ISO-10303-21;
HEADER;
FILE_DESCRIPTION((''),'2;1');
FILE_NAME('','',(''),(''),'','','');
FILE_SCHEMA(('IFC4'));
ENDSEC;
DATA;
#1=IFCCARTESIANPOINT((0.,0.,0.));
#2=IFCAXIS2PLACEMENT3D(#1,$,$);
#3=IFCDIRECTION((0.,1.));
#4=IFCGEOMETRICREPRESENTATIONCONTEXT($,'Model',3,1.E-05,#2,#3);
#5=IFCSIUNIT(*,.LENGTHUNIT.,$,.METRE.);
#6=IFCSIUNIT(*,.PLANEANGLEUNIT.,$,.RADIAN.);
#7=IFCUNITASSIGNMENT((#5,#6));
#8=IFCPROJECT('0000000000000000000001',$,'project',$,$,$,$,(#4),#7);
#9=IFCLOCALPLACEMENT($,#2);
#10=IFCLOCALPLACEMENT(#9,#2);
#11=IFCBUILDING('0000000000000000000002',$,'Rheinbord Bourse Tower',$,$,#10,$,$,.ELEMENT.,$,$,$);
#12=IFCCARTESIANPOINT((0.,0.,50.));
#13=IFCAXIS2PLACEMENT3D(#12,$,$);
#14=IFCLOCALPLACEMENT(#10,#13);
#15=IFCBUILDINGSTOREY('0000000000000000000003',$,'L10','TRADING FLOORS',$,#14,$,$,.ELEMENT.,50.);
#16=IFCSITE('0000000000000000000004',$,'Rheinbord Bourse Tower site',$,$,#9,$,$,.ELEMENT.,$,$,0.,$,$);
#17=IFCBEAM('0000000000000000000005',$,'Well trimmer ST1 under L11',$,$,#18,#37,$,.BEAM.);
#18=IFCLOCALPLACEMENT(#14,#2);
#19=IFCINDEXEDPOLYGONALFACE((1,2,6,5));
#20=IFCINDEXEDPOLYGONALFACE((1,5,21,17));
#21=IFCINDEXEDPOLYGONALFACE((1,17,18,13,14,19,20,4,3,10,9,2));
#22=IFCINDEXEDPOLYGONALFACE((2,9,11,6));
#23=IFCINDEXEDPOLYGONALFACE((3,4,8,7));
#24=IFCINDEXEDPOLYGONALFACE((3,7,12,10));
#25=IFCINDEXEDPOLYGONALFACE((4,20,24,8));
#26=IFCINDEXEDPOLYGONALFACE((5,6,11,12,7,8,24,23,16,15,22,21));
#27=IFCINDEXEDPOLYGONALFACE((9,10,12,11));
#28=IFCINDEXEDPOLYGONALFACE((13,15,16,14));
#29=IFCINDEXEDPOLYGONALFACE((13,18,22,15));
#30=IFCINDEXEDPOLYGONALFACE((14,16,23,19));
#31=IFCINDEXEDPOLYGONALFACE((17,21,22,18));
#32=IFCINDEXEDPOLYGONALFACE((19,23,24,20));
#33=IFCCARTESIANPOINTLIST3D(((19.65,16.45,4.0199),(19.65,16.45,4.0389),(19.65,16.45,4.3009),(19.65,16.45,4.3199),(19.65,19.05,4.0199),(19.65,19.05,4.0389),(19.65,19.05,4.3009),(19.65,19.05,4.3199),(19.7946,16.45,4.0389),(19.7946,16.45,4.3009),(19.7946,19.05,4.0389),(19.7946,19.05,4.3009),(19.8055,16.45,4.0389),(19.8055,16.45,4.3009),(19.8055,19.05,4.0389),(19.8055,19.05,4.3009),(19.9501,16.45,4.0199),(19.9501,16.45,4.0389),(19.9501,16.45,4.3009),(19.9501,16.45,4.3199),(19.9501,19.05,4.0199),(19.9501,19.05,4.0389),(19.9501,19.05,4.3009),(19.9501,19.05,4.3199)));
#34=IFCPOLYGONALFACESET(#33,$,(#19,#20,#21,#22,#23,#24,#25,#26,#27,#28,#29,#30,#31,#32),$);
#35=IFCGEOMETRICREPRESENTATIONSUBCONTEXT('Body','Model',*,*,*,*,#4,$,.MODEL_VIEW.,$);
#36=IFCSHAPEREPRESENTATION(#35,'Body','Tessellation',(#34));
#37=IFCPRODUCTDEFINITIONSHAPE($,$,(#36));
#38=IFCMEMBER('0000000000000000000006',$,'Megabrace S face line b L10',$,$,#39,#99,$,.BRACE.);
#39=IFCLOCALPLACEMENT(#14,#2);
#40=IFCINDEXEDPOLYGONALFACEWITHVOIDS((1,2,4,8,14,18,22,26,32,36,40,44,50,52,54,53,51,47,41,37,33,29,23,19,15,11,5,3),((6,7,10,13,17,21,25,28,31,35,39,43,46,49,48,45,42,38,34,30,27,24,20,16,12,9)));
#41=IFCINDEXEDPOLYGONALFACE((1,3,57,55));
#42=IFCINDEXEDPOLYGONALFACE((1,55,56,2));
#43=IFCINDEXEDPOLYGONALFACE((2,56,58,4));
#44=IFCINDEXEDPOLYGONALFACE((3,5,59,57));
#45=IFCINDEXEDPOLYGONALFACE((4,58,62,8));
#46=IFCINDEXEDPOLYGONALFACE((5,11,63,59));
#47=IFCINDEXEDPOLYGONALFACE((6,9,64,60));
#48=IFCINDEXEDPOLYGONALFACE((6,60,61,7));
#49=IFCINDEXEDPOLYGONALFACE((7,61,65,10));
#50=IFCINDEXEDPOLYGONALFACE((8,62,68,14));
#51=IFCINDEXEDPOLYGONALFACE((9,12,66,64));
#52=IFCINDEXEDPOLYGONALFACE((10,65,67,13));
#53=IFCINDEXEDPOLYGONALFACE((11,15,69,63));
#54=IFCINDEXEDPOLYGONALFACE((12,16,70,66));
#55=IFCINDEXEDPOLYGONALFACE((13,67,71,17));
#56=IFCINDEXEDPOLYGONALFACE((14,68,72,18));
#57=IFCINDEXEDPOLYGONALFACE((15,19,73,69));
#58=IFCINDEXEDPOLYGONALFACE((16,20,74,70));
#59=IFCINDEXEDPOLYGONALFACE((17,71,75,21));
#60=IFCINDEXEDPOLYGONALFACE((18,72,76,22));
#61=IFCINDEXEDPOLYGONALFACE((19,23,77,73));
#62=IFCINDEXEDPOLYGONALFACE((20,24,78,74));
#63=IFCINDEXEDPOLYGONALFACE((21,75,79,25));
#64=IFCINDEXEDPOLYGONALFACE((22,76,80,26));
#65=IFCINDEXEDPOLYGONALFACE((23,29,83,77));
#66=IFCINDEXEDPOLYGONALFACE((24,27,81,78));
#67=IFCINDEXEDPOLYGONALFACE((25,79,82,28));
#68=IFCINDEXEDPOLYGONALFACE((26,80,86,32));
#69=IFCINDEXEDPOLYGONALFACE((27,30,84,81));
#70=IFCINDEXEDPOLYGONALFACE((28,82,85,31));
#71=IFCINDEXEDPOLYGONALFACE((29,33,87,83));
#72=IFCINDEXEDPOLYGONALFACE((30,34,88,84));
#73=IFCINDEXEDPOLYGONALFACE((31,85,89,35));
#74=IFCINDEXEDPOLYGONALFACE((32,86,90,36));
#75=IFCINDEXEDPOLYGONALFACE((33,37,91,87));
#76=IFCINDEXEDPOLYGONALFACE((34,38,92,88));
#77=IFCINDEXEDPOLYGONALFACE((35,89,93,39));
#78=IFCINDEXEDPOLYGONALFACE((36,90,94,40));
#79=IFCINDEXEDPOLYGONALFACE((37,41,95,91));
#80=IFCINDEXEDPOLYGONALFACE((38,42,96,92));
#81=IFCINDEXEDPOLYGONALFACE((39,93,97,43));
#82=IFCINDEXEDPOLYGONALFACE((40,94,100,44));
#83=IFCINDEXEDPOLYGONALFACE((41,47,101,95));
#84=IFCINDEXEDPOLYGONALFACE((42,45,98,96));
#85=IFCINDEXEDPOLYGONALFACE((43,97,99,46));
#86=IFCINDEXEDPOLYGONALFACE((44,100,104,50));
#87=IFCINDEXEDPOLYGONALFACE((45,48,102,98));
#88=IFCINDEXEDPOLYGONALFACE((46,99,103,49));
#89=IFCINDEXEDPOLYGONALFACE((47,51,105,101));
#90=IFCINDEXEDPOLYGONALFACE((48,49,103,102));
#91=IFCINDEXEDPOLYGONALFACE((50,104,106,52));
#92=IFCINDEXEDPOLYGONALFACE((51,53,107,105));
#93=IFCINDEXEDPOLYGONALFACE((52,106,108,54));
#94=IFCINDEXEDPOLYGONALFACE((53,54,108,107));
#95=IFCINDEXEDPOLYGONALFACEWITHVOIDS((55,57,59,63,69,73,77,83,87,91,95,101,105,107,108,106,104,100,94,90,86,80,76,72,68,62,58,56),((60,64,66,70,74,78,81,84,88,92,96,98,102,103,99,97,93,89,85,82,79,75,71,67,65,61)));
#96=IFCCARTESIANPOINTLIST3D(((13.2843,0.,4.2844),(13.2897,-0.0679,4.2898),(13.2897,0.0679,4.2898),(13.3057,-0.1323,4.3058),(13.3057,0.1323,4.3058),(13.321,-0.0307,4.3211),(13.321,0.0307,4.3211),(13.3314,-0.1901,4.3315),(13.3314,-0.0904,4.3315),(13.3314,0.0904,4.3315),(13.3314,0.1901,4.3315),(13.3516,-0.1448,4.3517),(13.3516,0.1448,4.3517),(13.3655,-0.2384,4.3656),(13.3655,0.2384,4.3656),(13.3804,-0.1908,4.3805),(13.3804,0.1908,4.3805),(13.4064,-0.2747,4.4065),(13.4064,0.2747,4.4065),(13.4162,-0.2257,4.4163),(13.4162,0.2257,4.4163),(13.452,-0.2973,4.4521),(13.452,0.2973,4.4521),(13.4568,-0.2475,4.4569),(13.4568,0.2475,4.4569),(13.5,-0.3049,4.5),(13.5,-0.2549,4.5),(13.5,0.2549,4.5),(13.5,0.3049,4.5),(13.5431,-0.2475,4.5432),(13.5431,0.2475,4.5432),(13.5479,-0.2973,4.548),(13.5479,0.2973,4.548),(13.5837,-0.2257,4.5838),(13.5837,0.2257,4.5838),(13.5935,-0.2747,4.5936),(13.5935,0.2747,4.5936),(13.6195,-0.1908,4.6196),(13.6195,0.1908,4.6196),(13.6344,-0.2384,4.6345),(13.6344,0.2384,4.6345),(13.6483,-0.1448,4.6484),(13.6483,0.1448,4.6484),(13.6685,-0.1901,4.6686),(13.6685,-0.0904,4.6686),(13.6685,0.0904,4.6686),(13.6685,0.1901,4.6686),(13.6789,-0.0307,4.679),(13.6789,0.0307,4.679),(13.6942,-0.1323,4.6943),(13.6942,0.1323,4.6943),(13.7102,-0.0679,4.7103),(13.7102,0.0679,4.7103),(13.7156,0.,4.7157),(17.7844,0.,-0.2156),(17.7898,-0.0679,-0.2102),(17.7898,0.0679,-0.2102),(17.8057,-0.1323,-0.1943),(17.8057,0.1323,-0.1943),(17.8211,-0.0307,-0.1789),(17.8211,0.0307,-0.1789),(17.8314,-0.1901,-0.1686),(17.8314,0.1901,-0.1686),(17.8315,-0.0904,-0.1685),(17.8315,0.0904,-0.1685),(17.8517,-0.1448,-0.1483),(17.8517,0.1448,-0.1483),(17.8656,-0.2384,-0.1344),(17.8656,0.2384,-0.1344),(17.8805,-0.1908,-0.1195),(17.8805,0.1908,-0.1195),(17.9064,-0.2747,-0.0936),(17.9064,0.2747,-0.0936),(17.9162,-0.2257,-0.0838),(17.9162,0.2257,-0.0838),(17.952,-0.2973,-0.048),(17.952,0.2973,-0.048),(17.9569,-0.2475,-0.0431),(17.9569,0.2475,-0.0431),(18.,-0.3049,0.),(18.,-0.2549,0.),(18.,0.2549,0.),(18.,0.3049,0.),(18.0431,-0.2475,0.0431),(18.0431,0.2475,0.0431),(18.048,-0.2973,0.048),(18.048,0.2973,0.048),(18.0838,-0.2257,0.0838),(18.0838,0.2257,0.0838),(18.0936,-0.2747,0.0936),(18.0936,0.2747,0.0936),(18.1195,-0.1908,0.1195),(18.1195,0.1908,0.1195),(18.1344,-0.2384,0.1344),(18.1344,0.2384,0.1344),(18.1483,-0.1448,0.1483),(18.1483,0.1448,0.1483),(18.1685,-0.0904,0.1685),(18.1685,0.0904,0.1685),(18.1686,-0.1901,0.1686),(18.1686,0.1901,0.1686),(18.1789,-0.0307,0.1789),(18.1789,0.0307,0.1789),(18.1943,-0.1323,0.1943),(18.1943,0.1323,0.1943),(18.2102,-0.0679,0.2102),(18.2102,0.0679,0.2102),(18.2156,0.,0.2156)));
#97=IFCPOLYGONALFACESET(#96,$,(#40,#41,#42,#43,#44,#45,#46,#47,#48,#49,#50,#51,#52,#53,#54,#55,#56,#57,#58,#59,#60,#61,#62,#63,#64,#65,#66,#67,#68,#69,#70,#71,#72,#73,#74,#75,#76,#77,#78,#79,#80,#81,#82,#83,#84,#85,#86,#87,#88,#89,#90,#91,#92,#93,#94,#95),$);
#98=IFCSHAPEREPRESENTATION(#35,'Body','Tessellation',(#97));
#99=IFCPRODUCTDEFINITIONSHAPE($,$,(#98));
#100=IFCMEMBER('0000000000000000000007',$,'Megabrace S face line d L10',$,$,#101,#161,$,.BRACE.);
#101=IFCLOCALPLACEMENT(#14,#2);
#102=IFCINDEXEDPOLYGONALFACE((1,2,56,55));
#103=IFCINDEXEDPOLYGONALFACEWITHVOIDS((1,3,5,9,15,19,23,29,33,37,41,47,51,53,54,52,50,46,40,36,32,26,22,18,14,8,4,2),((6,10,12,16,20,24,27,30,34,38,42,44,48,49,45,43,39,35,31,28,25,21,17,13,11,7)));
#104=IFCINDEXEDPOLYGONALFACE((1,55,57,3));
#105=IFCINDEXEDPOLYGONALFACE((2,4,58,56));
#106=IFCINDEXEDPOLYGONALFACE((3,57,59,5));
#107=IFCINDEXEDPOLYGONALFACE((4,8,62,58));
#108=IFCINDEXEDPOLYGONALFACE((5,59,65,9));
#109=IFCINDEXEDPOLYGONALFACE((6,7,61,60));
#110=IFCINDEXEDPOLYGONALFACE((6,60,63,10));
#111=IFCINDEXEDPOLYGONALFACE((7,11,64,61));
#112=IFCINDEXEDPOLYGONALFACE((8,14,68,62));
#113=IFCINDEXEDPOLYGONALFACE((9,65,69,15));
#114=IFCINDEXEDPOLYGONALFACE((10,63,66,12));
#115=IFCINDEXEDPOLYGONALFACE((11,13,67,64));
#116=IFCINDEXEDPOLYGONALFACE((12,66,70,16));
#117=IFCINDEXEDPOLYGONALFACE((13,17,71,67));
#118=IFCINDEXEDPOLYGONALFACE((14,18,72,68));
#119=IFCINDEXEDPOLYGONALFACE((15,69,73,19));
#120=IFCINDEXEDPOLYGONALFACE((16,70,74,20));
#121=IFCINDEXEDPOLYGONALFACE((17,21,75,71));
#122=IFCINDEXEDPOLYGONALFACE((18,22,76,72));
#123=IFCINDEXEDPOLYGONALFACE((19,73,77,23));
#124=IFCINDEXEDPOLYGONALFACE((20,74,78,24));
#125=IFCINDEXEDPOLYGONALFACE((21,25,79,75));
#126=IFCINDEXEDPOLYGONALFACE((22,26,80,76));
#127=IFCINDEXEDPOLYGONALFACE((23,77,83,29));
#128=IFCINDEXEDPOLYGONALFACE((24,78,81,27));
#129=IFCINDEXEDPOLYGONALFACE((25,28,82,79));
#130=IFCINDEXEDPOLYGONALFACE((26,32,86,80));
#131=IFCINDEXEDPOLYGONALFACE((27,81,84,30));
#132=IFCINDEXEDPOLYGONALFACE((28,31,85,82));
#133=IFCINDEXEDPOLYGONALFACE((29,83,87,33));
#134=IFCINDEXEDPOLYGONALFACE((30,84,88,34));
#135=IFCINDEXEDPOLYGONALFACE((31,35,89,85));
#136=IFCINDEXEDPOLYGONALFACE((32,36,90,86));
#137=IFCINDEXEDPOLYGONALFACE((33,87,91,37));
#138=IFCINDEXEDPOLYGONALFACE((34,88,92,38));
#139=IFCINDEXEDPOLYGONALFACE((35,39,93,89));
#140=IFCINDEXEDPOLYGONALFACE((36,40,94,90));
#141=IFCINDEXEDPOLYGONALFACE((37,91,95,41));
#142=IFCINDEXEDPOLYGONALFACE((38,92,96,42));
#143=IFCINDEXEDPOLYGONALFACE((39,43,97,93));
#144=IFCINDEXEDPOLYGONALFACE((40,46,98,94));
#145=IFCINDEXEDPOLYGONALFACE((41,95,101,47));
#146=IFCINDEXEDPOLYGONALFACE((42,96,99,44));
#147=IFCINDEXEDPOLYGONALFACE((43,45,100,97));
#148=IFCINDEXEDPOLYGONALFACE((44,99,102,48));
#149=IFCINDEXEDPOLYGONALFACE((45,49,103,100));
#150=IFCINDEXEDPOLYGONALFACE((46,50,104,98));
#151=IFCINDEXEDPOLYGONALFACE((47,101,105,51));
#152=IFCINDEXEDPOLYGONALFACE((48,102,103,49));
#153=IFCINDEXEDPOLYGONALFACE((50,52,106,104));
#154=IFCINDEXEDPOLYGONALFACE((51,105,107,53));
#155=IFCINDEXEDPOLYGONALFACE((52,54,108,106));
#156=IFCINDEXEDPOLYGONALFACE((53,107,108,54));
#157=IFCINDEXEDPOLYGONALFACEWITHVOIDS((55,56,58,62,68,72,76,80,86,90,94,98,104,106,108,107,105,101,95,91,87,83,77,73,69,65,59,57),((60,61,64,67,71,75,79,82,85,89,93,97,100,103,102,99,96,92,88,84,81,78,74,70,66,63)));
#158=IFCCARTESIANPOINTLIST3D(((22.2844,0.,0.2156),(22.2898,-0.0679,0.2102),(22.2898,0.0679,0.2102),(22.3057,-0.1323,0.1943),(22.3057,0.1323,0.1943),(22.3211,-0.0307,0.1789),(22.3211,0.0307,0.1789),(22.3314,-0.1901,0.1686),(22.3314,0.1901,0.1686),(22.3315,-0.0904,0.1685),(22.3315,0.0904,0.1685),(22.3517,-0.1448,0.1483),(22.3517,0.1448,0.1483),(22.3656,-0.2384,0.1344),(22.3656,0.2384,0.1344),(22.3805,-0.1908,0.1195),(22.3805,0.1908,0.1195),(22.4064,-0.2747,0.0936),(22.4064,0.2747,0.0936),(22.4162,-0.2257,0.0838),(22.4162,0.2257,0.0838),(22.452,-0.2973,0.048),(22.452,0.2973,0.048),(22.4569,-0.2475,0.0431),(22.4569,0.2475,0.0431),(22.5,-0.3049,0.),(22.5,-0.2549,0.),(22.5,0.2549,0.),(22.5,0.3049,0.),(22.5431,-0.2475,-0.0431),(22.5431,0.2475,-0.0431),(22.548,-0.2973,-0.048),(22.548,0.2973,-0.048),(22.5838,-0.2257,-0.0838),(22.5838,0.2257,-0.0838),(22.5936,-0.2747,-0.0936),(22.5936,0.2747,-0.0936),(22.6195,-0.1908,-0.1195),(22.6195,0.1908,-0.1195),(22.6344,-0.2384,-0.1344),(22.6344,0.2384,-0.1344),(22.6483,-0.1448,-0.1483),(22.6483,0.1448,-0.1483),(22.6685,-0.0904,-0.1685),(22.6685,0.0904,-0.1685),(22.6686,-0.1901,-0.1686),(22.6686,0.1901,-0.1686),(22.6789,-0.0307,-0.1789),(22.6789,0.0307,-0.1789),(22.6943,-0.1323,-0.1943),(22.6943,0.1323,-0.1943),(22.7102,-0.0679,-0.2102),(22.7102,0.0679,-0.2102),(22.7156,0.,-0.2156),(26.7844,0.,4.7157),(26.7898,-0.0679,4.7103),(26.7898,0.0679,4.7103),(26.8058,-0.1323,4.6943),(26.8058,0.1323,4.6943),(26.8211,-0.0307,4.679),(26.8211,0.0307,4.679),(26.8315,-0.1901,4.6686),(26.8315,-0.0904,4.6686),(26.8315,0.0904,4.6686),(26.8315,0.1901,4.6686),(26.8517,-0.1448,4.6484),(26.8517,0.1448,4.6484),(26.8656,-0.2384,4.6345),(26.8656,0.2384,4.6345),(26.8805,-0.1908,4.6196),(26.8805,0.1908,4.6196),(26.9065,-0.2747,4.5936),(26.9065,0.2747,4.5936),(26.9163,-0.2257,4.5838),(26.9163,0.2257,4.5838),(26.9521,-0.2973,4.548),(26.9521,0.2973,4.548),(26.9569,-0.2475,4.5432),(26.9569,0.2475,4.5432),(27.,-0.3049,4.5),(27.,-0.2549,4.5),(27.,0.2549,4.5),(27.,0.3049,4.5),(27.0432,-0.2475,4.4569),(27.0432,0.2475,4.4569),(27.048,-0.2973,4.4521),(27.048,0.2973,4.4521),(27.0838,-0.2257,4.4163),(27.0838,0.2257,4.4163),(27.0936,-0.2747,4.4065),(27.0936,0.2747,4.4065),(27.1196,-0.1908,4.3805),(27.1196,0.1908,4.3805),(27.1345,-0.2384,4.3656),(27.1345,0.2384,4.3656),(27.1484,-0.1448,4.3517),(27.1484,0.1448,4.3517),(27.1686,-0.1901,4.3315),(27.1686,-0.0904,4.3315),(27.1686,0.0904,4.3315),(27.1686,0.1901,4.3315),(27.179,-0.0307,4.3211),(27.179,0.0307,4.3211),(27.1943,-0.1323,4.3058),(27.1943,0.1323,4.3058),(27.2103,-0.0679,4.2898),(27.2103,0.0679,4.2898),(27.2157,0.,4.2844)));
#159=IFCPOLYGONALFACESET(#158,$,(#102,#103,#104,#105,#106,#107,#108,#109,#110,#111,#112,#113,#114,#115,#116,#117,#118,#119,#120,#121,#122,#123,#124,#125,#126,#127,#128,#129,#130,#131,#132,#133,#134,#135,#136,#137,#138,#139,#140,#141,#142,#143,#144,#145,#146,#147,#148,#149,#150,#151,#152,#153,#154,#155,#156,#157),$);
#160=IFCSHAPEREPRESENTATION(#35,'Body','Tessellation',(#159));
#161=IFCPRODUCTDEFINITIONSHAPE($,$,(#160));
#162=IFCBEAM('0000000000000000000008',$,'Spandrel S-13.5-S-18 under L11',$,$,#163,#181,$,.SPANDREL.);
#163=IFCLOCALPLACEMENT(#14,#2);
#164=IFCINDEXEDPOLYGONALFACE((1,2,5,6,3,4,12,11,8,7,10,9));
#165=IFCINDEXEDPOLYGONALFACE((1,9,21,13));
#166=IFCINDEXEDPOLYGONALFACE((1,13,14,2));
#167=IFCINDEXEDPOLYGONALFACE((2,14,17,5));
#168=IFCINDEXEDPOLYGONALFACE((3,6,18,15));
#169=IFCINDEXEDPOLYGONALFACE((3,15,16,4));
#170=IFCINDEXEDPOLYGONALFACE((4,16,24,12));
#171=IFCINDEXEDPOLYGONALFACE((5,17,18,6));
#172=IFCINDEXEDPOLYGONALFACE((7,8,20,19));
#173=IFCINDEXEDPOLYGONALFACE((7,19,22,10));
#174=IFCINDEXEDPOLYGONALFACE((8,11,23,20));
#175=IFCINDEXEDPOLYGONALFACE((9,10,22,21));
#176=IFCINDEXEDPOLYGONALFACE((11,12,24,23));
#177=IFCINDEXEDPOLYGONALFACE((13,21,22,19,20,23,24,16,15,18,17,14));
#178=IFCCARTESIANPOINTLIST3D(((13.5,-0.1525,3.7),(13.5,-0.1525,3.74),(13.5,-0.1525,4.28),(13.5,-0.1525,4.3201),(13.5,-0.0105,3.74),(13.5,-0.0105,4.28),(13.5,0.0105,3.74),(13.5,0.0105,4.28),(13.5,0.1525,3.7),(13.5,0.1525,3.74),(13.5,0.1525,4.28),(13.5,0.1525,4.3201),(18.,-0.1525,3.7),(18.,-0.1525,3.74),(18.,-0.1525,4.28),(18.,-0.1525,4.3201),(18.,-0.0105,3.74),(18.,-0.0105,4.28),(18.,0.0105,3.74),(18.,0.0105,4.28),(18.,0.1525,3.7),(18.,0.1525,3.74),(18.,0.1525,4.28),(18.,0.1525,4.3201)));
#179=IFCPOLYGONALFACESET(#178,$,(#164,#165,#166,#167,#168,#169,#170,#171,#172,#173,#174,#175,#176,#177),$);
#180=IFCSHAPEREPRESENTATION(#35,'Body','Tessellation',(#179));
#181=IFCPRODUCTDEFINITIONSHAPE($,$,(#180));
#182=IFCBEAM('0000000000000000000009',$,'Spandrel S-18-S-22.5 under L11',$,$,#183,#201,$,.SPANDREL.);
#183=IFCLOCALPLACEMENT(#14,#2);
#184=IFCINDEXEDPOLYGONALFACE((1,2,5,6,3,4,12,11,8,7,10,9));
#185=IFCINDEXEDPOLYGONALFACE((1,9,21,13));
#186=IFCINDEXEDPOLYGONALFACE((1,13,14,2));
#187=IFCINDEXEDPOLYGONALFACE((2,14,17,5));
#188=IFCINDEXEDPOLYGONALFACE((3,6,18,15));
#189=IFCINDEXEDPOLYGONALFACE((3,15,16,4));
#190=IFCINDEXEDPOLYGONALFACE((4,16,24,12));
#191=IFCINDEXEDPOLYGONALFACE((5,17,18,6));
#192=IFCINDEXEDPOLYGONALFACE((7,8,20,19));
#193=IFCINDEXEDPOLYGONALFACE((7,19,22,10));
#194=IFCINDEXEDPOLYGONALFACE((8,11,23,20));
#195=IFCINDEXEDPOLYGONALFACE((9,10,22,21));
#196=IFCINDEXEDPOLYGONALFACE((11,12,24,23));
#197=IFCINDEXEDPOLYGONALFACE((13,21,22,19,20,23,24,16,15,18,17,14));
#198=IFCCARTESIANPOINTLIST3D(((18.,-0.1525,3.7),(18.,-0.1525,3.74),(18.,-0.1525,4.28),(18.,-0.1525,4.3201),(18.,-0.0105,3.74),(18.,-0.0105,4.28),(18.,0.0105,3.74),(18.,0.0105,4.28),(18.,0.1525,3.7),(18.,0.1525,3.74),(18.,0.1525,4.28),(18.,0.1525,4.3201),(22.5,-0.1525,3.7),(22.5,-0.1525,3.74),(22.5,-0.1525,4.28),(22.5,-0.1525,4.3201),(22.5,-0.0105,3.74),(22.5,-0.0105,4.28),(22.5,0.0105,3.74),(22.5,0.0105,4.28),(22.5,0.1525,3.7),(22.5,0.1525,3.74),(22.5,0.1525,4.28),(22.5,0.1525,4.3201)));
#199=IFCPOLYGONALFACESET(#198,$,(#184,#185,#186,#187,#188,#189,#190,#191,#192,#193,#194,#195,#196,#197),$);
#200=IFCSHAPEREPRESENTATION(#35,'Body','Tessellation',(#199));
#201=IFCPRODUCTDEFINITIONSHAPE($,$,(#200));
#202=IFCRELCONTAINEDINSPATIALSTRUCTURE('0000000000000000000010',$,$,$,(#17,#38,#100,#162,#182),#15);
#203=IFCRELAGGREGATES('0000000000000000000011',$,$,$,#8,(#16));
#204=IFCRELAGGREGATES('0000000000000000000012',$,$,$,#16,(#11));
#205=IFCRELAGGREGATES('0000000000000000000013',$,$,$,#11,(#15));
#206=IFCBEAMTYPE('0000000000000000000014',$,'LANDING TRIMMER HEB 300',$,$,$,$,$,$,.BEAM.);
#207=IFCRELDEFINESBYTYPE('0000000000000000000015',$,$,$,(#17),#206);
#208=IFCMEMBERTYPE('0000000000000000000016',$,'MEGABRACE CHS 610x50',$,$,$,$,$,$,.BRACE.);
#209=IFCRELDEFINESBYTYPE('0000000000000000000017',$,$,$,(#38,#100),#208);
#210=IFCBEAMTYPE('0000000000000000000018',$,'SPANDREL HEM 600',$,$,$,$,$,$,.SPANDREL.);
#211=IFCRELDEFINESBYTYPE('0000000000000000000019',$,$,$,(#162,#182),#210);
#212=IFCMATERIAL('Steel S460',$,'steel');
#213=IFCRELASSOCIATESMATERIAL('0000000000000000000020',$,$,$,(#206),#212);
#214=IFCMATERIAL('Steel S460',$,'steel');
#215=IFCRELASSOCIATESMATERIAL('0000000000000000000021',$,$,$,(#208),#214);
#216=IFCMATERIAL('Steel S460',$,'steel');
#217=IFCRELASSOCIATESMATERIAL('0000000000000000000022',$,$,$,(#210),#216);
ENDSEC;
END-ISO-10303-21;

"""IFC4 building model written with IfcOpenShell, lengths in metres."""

from ifc_helpers import new_model, si_unit, direction, frame, origin, origin_2d, place, context, subcontext, project, spatial, hollow_circle, i_section, extrude, material, material_profile, profile_set, type_object, element, save


model = new_model("IFC4")

# Units and contexts
model_context = context("Model", 3, precision=1e-05, world=origin(), true_north=direction((0.0, 1.0)))
body_context = subcontext(model_context, "Body", "Model", "MODEL_VIEW")
ifc_project = project(units=[si_unit("LENGTHUNIT", "METRE"), si_unit("PLANEANGLEUNIT", "RADIAN")], contexts=[model_context])

# Site, building, storey
site_placement = place(None, origin())
site = spatial("IfcSite", under=ifc_project, at=site_placement, Name="Rheinbord Bourse Tower site", CompositionType="ELEMENT", RefElevation=0.0)
building_placement = place(site_placement, origin())
building = spatial("IfcBuilding", under=site, at=building_placement, Name="Rheinbord Bourse Tower", CompositionType="ELEMENT")
storey_placement = place(building_placement, frame((0.0, 0.0, 50.0)))
storey = spatial("IfcBuildingStorey", under=building, at=storey_placement, Name="L10", Description="TRADING FLOORS", CompositionType="ELEMENT", Elevation=50.0)

# Beam
ifc_material_1 = material(Name="Steel S460", Category="steel")
ifc_material_profile_1 = material_profile(ifc_material_1, i_section(OverallWidth=0.3, OverallDepth=0.3, WebThickness=0.011, FlangeThickness=0.019, at=origin_2d()), Name="HEB 300")
ifc_profile_set_1 = profile_set([ifc_material_profile_1], Name="Steel S460")
beam_type_1 = type_object("IfcBeamType", Name="LANDING TRIMMER HEB 300", PredefinedType="BEAM", material=ifc_profile_set_1)
beam_placement = place(storey_placement, frame((19.8, 16.45, 4.1699), z_axis=(0.0, 1.0, 0.0), x_axis=(-1.0, 0.0, 0.0)))
element("IfcBeam", 1, at=beam_placement, inside=storey, type_object=beam_type_1, Name="Well trimmer ST1 under L11", PredefinedType="BEAM", context=body_context, shape_type="SweptSolid", body=[
    extrude(i_section(OverallWidth=0.3, OverallDepth=0.3, WebThickness=0.011, FlangeThickness=0.019, at=origin_2d()), origin(), (0.0, 0.0, 1.0), 2.6001),
])

# Members
ifc_material_2 = material(Name="Steel S460", Category="steel")
ifc_material_profile_2 = material_profile(ifc_material_2, hollow_circle(Radius=0.3049, WallThickness=0.05, at=origin_2d()), Name="CHS 610x50")
ifc_profile_set_2 = profile_set([ifc_material_profile_2], Name="Steel S460")
member_type_1 = type_object("IfcMemberType", Name="MEGABRACE CHS 610x50", PredefinedType="BRACE", material=ifc_profile_set_2)
for number, where, z_axis, x_axis, name in (
    (2, (18.0, 0.0, 0.0), (-0.707107, 0.0, 0.707107), (0.0, -1.0, 0.0), "Megabrace S face line b L10"),
    (3, (22.5, 0.0, 0.0), (0.707107, 0.0, 0.707107), (0.0, 1.0, 0.0), "Megabrace S face line d L10"),
):
    element("IfcMember", number, at=place(storey_placement, frame(where, z_axis=z_axis, x_axis=x_axis)), inside=storey, type_object=member_type_1, Name=name, PredefinedType="BRACE", context=body_context, shape_type="SweptSolid", body=[
        extrude(hollow_circle(Radius=0.3049, WallThickness=0.05, at=origin_2d()), origin(), (0.0, 0.0, 1.0), 6.364),
    ])

# Beams
ifc_material_3 = material(Name="Steel S460", Category="steel")
ifc_material_profile_3 = material_profile(ifc_material_3, i_section(OverallWidth=0.3049, OverallDepth=0.6201, WebThickness=0.021, FlangeThickness=0.04, at=origin_2d()), Name="HEM 600")
ifc_profile_set_3 = profile_set([ifc_material_profile_3], Name="Steel S460")
beam_type_2 = type_object("IfcBeamType", Name="SPANDREL HEM 600", PredefinedType="SPANDREL", material=ifc_profile_set_3)
for number, where, z_axis, x_axis, name in (
    (4, (13.5, 0.0, 4.01), (1.0, 0.0, 0.0), (0.0, 1.0, 0.0), "Spandrel S-13.5-S-18 under L11"),
    (5, (18.0, 0.0, 4.01), (1.0, 0.0, 0.0), (0.0, 1.0, 0.0), "Spandrel S-18-S-22.5 under L11"),
):
    element("IfcBeam", number, at=place(storey_placement, frame(where, z_axis=z_axis, x_axis=x_axis)), inside=storey, type_object=beam_type_2, Name=name, PredefinedType="SPANDREL", context=body_context, shape_type="SweptSolid", body=[
        extrude(i_section(OverallWidth=0.3049, OverallDepth=0.6201, WebThickness=0.021, FlangeThickness=0.04, at=origin_2d()), origin(), (0.0, 0.0, 1.0), 4.5),
    ])

save(model, "model.ifc")
